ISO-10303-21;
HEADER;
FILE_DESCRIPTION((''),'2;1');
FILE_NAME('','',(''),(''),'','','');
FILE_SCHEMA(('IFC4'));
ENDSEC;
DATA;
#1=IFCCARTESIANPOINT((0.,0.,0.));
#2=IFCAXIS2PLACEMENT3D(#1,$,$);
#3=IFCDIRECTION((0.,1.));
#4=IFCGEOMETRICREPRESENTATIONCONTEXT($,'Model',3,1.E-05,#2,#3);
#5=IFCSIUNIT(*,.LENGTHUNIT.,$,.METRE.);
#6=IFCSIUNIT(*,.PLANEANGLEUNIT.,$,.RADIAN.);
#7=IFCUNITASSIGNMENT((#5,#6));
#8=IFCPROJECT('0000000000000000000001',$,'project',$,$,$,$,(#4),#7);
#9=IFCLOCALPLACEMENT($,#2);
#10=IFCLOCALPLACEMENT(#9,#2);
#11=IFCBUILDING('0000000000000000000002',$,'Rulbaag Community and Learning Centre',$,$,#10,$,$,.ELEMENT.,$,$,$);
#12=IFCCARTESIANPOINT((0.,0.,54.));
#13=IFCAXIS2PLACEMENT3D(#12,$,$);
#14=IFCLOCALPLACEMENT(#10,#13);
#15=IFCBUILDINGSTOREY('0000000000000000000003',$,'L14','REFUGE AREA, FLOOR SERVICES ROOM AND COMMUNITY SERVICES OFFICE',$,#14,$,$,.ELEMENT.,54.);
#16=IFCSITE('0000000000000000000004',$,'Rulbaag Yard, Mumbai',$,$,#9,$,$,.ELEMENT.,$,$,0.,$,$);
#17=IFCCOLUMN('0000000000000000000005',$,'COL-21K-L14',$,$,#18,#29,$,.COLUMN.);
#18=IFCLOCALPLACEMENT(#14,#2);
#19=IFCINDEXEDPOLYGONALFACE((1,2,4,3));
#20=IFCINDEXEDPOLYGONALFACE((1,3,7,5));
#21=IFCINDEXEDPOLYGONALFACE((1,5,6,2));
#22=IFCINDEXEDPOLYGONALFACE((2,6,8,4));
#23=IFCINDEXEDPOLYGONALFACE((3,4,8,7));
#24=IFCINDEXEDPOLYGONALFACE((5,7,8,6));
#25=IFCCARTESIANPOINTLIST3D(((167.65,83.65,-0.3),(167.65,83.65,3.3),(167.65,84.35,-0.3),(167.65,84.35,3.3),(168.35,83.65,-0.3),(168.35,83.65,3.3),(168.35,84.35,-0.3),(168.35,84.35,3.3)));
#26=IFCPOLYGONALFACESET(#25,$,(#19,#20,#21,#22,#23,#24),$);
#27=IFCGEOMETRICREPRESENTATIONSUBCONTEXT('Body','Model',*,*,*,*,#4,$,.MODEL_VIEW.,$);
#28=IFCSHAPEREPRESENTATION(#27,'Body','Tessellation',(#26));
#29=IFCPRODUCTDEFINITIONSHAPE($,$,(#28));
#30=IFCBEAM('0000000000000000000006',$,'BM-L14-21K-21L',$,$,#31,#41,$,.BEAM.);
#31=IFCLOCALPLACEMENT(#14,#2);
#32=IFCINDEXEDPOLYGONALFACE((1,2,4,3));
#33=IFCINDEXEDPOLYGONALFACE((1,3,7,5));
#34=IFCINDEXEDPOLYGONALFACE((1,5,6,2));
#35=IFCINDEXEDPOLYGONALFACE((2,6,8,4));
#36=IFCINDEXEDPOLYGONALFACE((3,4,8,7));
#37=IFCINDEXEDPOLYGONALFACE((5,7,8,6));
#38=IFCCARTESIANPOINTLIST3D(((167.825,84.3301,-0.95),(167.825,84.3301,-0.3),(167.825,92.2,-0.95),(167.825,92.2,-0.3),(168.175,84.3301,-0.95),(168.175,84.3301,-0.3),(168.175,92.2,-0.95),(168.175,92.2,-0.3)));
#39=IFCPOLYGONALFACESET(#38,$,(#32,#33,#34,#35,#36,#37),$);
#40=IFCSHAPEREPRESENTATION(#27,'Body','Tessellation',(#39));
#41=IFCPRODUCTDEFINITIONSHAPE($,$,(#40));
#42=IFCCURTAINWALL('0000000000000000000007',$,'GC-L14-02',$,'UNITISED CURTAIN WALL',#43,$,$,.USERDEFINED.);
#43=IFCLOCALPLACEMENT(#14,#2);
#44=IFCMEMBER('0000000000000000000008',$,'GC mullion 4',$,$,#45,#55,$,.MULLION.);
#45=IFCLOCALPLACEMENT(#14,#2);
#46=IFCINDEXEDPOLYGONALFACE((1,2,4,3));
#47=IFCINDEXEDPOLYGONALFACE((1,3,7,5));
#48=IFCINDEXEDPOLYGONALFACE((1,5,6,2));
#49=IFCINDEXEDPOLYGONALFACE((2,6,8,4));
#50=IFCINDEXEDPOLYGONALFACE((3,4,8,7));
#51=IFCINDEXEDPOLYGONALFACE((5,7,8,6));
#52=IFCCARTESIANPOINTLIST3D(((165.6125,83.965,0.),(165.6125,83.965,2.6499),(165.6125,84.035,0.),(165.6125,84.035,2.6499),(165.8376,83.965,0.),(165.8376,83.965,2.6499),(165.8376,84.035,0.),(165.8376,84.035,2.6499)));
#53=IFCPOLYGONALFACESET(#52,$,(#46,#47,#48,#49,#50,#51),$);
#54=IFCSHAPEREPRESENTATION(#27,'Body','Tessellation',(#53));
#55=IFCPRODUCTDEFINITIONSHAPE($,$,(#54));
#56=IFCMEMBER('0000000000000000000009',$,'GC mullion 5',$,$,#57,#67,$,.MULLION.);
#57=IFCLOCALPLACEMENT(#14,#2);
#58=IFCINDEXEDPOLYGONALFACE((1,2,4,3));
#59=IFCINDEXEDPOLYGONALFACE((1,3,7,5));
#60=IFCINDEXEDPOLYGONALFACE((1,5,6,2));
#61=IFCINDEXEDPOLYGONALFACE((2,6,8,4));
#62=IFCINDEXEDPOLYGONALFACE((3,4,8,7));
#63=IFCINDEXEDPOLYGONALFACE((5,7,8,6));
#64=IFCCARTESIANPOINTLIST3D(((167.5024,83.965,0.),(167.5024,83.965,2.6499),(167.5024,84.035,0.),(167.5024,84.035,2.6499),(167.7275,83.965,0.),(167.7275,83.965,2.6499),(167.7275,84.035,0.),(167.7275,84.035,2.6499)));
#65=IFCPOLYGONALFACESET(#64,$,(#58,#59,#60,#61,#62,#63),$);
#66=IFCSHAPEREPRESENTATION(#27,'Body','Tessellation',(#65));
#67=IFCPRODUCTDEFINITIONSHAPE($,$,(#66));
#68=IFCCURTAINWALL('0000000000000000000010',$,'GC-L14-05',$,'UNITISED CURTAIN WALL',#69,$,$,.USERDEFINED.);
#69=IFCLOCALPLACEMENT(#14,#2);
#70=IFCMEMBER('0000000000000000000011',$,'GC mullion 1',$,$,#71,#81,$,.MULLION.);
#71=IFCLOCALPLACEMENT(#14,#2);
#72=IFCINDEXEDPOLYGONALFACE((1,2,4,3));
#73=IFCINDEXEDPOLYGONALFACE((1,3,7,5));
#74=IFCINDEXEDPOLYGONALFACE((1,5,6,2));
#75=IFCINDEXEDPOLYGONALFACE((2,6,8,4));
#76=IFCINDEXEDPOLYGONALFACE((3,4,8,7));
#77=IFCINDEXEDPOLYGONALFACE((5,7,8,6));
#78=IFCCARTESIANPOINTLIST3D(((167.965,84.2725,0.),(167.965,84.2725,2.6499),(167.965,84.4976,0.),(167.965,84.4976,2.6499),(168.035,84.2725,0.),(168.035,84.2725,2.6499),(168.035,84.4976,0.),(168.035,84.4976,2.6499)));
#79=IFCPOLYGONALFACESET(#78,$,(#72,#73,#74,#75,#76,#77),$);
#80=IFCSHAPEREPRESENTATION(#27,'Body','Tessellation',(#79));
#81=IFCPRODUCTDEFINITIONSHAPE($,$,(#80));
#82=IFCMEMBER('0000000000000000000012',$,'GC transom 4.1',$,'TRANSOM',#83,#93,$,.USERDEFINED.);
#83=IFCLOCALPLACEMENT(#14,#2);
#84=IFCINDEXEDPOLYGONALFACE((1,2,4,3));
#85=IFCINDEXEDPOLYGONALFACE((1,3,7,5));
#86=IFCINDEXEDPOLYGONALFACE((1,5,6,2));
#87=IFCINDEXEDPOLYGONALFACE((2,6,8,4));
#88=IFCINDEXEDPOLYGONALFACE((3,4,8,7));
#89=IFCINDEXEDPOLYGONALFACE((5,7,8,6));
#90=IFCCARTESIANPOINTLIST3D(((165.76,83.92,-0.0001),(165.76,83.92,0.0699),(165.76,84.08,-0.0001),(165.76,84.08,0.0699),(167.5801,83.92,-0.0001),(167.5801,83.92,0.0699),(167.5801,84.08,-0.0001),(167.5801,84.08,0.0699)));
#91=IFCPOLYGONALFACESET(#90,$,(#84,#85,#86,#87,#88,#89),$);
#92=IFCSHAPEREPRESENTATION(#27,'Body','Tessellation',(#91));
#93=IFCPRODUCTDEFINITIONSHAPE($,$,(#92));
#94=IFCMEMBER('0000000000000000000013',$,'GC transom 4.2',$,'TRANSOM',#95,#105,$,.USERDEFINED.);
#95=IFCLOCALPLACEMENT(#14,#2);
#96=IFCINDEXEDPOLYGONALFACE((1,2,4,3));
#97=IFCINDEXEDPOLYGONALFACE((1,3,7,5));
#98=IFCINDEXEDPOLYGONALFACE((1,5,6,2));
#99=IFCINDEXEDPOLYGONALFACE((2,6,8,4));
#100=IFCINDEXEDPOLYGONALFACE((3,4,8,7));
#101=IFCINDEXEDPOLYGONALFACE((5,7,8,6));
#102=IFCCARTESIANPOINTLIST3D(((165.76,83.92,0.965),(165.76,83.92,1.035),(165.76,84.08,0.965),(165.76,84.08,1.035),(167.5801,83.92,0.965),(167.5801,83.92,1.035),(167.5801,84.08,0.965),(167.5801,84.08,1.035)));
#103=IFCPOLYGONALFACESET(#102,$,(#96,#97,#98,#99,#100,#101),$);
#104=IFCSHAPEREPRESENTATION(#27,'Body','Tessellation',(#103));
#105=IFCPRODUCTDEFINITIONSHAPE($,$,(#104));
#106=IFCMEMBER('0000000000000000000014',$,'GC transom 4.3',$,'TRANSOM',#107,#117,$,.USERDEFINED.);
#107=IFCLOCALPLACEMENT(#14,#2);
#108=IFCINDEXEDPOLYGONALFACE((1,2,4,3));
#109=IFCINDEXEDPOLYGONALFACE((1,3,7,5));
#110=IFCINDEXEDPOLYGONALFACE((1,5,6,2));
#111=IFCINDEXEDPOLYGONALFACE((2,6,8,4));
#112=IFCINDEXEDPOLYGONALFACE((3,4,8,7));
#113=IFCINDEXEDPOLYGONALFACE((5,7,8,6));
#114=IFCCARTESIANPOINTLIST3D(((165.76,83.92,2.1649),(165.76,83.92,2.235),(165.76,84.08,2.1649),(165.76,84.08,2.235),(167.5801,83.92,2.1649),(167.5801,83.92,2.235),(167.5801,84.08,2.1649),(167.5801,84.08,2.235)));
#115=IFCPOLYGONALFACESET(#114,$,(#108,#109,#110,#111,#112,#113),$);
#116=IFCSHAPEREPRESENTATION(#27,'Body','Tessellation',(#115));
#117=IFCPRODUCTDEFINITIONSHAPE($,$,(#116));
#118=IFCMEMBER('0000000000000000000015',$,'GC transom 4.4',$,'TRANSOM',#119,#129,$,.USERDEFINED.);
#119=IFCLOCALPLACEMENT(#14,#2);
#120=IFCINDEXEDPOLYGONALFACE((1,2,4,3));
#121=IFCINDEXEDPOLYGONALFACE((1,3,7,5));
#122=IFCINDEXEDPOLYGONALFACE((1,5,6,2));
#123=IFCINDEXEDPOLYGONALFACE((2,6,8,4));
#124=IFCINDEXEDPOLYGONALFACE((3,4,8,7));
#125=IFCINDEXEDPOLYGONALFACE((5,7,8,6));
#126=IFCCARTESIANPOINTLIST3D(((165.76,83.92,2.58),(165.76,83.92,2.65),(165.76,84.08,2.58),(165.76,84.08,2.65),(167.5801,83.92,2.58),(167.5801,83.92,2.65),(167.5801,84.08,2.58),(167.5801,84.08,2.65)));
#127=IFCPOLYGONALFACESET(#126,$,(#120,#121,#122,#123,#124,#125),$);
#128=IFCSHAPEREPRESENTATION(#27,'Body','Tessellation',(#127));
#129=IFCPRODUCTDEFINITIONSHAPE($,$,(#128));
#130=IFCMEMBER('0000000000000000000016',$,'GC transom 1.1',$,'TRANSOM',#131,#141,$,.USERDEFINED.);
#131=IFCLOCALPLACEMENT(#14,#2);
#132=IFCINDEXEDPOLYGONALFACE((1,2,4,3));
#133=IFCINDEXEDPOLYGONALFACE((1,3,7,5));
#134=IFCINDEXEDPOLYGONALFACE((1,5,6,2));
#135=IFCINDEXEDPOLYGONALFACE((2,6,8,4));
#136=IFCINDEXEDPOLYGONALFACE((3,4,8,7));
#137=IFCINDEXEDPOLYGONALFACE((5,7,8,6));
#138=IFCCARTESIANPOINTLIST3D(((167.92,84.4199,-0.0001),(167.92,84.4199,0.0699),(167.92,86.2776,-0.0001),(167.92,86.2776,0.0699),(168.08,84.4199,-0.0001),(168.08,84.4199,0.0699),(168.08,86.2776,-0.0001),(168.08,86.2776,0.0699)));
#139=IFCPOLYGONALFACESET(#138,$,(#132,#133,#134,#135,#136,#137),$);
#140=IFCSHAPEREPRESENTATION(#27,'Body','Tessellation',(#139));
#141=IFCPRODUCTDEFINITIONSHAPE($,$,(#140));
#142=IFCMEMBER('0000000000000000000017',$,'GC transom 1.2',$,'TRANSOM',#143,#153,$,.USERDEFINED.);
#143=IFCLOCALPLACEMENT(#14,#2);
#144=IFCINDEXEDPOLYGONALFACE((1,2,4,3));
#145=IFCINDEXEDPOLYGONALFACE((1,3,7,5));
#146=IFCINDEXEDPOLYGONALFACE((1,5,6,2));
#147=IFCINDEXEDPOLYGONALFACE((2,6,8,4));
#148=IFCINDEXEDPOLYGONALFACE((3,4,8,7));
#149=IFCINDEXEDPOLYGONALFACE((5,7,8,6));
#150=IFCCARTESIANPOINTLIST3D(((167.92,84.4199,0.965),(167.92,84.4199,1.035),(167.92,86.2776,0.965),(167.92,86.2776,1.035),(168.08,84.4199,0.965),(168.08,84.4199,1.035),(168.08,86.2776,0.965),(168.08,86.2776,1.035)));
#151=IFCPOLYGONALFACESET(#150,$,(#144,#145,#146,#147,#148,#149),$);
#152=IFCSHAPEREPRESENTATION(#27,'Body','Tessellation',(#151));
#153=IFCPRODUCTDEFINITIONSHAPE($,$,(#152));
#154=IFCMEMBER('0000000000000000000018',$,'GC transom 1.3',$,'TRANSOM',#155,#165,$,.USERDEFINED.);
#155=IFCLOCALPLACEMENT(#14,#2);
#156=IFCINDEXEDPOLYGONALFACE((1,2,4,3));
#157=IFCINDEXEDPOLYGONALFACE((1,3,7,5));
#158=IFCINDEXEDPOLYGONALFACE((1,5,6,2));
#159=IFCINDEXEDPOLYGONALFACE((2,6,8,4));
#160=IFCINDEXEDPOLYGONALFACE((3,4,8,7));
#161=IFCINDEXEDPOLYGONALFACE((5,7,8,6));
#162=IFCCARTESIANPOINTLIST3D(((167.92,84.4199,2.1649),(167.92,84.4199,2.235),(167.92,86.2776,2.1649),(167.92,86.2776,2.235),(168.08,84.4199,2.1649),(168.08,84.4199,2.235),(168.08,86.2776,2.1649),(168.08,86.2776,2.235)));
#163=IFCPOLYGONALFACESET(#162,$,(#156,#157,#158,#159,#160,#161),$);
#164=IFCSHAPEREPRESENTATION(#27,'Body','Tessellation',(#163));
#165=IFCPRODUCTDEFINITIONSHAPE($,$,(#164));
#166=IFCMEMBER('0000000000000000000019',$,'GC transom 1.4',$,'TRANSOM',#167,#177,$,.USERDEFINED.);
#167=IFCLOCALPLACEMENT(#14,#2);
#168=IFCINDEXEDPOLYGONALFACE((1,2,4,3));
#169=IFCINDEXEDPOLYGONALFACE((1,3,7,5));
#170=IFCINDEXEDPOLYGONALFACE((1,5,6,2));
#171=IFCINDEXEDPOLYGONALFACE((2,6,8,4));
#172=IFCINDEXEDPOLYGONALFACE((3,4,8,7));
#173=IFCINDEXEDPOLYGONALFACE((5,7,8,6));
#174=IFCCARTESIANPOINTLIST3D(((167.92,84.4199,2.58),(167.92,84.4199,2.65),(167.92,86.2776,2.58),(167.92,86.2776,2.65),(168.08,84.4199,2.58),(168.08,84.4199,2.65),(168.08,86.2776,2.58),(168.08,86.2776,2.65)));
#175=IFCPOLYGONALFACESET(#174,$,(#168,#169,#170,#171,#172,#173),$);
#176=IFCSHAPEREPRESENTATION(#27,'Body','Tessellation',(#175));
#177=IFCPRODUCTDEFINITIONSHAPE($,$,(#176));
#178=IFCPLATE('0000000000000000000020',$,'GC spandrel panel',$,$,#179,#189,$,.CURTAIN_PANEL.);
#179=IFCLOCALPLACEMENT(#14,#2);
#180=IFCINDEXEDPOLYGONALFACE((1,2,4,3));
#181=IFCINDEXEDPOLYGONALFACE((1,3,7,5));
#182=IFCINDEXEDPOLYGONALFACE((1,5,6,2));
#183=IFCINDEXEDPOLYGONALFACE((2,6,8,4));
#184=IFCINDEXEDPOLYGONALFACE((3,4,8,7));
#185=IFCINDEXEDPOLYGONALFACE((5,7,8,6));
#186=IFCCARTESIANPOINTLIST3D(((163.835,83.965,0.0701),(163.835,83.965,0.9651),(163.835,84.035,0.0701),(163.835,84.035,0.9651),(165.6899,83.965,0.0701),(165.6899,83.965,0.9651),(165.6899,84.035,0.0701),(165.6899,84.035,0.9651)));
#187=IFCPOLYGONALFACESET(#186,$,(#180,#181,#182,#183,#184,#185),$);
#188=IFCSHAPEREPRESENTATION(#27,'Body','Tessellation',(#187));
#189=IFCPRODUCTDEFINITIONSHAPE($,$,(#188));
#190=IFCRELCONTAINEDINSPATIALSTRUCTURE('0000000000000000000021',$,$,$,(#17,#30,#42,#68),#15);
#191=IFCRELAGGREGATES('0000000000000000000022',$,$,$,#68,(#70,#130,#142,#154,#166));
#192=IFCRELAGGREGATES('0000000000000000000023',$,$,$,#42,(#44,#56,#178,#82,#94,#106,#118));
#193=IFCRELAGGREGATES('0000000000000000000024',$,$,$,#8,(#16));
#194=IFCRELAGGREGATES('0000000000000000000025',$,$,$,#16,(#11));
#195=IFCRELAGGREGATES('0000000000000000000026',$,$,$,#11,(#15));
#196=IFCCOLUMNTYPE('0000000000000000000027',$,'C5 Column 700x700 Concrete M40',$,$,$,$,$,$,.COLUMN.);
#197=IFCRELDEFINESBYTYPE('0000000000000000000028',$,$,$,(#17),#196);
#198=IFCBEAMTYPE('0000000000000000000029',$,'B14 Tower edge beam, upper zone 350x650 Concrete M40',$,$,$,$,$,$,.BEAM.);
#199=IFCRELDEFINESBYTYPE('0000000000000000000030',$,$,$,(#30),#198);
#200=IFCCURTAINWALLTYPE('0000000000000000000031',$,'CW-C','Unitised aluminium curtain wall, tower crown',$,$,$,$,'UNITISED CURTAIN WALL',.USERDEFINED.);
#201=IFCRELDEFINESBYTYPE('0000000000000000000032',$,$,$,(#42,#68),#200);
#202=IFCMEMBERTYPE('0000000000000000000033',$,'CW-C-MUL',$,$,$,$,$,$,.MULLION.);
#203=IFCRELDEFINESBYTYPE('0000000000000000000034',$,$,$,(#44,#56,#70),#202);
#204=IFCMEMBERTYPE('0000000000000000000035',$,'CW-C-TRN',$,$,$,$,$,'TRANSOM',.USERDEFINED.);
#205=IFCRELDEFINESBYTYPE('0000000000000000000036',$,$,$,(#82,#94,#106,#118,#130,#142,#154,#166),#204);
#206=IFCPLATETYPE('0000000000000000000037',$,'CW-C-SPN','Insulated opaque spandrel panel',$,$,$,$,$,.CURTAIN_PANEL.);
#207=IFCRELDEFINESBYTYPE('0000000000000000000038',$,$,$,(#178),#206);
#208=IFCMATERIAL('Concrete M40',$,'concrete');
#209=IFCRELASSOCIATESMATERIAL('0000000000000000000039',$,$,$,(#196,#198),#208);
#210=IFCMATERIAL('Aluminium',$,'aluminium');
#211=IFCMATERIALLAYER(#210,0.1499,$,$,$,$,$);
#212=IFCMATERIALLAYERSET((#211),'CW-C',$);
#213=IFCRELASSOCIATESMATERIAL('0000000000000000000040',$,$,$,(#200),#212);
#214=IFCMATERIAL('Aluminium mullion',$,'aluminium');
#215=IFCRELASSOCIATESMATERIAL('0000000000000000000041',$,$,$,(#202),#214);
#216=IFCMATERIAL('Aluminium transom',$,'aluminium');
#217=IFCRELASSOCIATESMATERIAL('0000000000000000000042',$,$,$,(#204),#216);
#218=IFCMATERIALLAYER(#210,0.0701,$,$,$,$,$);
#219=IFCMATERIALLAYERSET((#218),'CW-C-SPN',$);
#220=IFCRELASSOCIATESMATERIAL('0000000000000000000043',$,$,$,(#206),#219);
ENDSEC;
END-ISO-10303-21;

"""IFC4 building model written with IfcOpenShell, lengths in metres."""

from ifc_helpers import new_model, si_unit, direction, frame, origin, origin_2d, place, context, subcontext, project, spatial, rectangle, extrude, material, layer, layer_set, material_profile, profile_set, type_object, element, aggregate, save


model = new_model("IFC4")

# Units and contexts
model_context = context("Model", 3, precision=1e-05, world=origin(), true_north=direction((0.0, 1.0)))
body_context = subcontext(model_context, "Body", "Model", "MODEL_VIEW")
ifc_project = project(units=[si_unit("LENGTHUNIT", "METRE"), si_unit("PLANEANGLEUNIT", "RADIAN")], contexts=[model_context])

# Site, building, storey
site_placement = place(None, origin())
site = spatial("IfcSite", under=ifc_project, at=site_placement, Name="Rulbaag Yard, Mumbai", CompositionType="ELEMENT", RefElevation=0.0)
building_placement = place(site_placement, origin())
building = spatial("IfcBuilding", under=site, at=building_placement, Name="Rulbaag Community and Learning Centre", CompositionType="ELEMENT")
storey_placement = place(building_placement, frame((0.0, 0.0, 54.0)))
storey = spatial("IfcBuildingStorey", under=building, at=storey_placement, Name="L14", Description="REFUGE AREA, FLOOR SERVICES ROOM AND COMMUNITY SERVICES OFFICE", CompositionType="ELEMENT", Elevation=54.0)

# Column
ifc_material_1 = material(Name="Concrete M40", Category="concrete")
ifc_material_profile_1 = material_profile(ifc_material_1, rectangle(XDim=0.7, YDim=0.7, at=origin_2d()), Name="RC700x700")
ifc_profile_set_1 = profile_set([ifc_material_profile_1], Name="Concrete M40")
column_type = type_object("IfcColumnType", Name="C5 Column 700x700 Concrete M40", PredefinedType="COLUMN", material=ifc_profile_set_1)
column_placement = place(storey_placement, frame((168.0, 84.0, -0.3), z_axis=(0.0, 0.0, 1.0), x_axis=(1.0, 0.0, 0.0)))
element("IfcColumn", 1, at=column_placement, inside=storey, type_object=column_type, Name="COL-21K-L14", PredefinedType="COLUMN", context=body_context, shape_type="SweptSolid", body=[
    extrude(rectangle(XDim=0.7, YDim=0.7, at=origin_2d()), origin(), (0.0, 0.0, 1.0), 3.6001),
])

# Beam
ifc_material_profile_2 = material_profile(ifc_material_1, rectangle(XDim=0.3501, YDim=0.6499, at=origin_2d()), Name="RB350x650")
ifc_profile_set_2 = profile_set([ifc_material_profile_2], Name="Concrete M40")
beam_type = type_object("IfcBeamType", Name="B14 Tower edge beam, upper zone 350x650 Concrete M40", PredefinedType="BEAM", material=ifc_profile_set_2)
beam_placement = place(storey_placement, frame((168.0, 84.3301, -0.625), z_axis=(0.0, 1.0, 0.0), x_axis=(-1.0, 0.0, 0.0)))
element("IfcBeam", 2, at=beam_placement, inside=storey, type_object=beam_type, Name="BM-L14-21K-21L", PredefinedType="BEAM", context=body_context, shape_type="SweptSolid", body=[
    extrude(rectangle(XDim=0.3501, YDim=0.6499, at=origin_2d()), origin(), (0.0, 0.0, 1.0), 7.8699),
])

# Curtain wall, members
ifc_material_2 = material(Name="Aluminium", Category="aluminium")
ifc_layer_1 = layer(ifc_material_2, 0.1499)
ifc_layer_set_1 = layer_set([ifc_layer_1], Name="CW-C")
curtain_wall_type = type_object("IfcCurtainWallType", Name="CW-C", Description="Unitised aluminium curtain wall, tower crown", ElementType="UNITISED CURTAIN WALL", PredefinedType="USERDEFINED", material=ifc_layer_set_1)
curtain_wall_1_placement = place(storey_placement, origin())
curtain_wall_1 = element("IfcCurtainWall", 3, at=curtain_wall_1_placement, inside=storey, type_object=curtain_wall_type, Name="GC-L14-02", ObjectType="UNITISED CURTAIN WALL", PredefinedType="USERDEFINED")
ifc_material_3 = material(Name="Aluminium mullion", Category="aluminium")
ifc_material_profile_3 = material_profile(ifc_material_3, rectangle(XDim=0.0701, YDim=0.2251, at=origin_2d()), Name="AL 70x225")
ifc_profile_set_3 = profile_set([ifc_material_profile_3], Name="Aluminium mullion")
member_type_1 = type_object("IfcMemberType", Name="CW-C-MUL", PredefinedType="MULLION", material=ifc_profile_set_3)
member_1_placement = place(storey_placement, frame((165.7251, 84.0, 0.0), z_axis=(0.0, 0.0, 1.0), x_axis=(0.0, 1.0, 0.0)))
member_1 = element("IfcMember", 4, at=member_1_placement, type_object=member_type_1, Name="GC mullion 4", PredefinedType="MULLION", context=body_context, shape_type="SweptSolid", body=[
    extrude(rectangle(XDim=0.0701, YDim=0.2251, at=origin_2d()), origin(), (0.0, 0.0, 1.0), 2.6499),
])
member_2_placement = place(storey_placement, frame((167.615, 84.0, 0.0), z_axis=(0.0, 0.0, 1.0), x_axis=(0.0, 1.0, 0.0)))
member_2 = element("IfcMember", 5, at=member_2_placement, type_object=member_type_1, Name="GC mullion 5", PredefinedType="MULLION", context=body_context, shape_type="SweptSolid", body=[
    extrude(rectangle(XDim=0.0701, YDim=0.2251, at=origin_2d()), origin(), (0.0, 0.0, 1.0), 2.6499),
])

# Curtain wall, member
curtain_wall_2_placement = place(storey_placement, origin())
curtain_wall_2 = element("IfcCurtainWall", 6, at=curtain_wall_2_placement, inside=storey, type_object=curtain_wall_type, Name="GC-L14-05", ObjectType="UNITISED CURTAIN WALL", PredefinedType="USERDEFINED")
member_3_placement = place(storey_placement, frame((168.0, 84.385, 0.0), z_axis=(0.0, 0.0, 1.0), x_axis=(-1.0, 0.0, 0.0)))
member_3 = element("IfcMember", 7, at=member_3_placement, type_object=member_type_1, Name="GC mullion 1", PredefinedType="MULLION", context=body_context, shape_type="SweptSolid", body=[
    extrude(rectangle(XDim=0.0701, YDim=0.2251, at=origin_2d()), origin(), (0.0, 0.0, 1.0), 2.6499),
])

# Members
ifc_material_4 = material(Name="Aluminium transom", Category="aluminium")
ifc_material_profile_4 = material_profile(ifc_material_4, rectangle(XDim=0.1599, YDim=0.0701, at=origin_2d()), Name="AL 70x160 T")
ifc_profile_set_4 = profile_set([ifc_material_profile_4], Name="Aluminium transom")
member_type_2 = type_object("IfcMemberType", Name="CW-C-TRN", ElementType="TRANSOM", PredefinedType="USERDEFINED", material=ifc_profile_set_4)
member_4_placement = place(storey_placement, frame((165.76, 84.0, 0.0349), z_axis=(1.0, 0.0, 0.0), x_axis=(0.0, 1.0, 0.0)))
member_4 = element("IfcMember", 8, at=member_4_placement, type_object=member_type_2, Name="GC transom 4.1", ObjectType="TRANSOM", PredefinedType="USERDEFINED", context=body_context, shape_type="SweptSolid", body=[
    extrude(rectangle(XDim=0.1599, YDim=0.0701, at=origin_2d()), origin(), (0.0, 0.0, 1.0), 1.8201),
])
member_5_placement = place(storey_placement, frame((165.76, 84.0, 1.0), z_axis=(1.0, 0.0, 0.0), x_axis=(0.0, 1.0, 0.0)))
member_5 = element("IfcMember", 9, at=member_5_placement, type_object=member_type_2, Name="GC transom 4.2", ObjectType="TRANSOM", PredefinedType="USERDEFINED", context=body_context, shape_type="SweptSolid", body=[
    extrude(rectangle(XDim=0.1599, YDim=0.0701, at=origin_2d()), origin(), (0.0, 0.0, 1.0), 1.8201),
])
member_6_placement = place(storey_placement, frame((165.76, 84.0, 2.2), z_axis=(1.0, 0.0, 0.0), x_axis=(0.0, 1.0, 0.0)))
member_6 = element("IfcMember", 10, at=member_6_placement, type_object=member_type_2, Name="GC transom 4.3", ObjectType="TRANSOM", PredefinedType="USERDEFINED", context=body_context, shape_type="SweptSolid", body=[
    extrude(rectangle(XDim=0.1599, YDim=0.0701, at=origin_2d()), origin(), (0.0, 0.0, 1.0), 1.8201),
])
member_7_placement = place(storey_placement, frame((165.76, 84.0, 2.615), z_axis=(1.0, 0.0, 0.0), x_axis=(0.0, 1.0, 0.0)))
member_7 = element("IfcMember", 11, at=member_7_placement, type_object=member_type_2, Name="GC transom 4.4", ObjectType="TRANSOM", PredefinedType="USERDEFINED", context=body_context, shape_type="SweptSolid", body=[
    extrude(rectangle(XDim=0.1599, YDim=0.0701, at=origin_2d()), origin(), (0.0, 0.0, 1.0), 1.8201),
])
member_8_placement = place(storey_placement, frame((168.0, 84.4199, 0.0349), z_axis=(0.0, 1.0, 0.0), x_axis=(-1.0, 0.0, 0.0)))
member_8 = element("IfcMember", 12, at=member_8_placement, type_object=member_type_2, Name="GC transom 1.1", ObjectType="TRANSOM", PredefinedType="USERDEFINED", context=body_context, shape_type="SweptSolid", body=[
    extrude(rectangle(XDim=0.1599, YDim=0.0701, at=origin_2d()), origin(), (0.0, 0.0, 1.0), 1.8577),
])
member_9_placement = place(storey_placement, frame((168.0, 84.4199, 1.0), z_axis=(0.0, 1.0, 0.0), x_axis=(-1.0, 0.0, 0.0)))
member_9 = element("IfcMember", 13, at=member_9_placement, type_object=member_type_2, Name="GC transom 1.2", ObjectType="TRANSOM", PredefinedType="USERDEFINED", context=body_context, shape_type="SweptSolid", body=[
    extrude(rectangle(XDim=0.1599, YDim=0.0701, at=origin_2d()), origin(), (0.0, 0.0, 1.0), 1.8577),
])
member_10_placement = place(storey_placement, frame((168.0, 84.4199, 2.2), z_axis=(0.0, 1.0, 0.0), x_axis=(-1.0, 0.0, 0.0)))
member_10 = element("IfcMember", 14, at=member_10_placement, type_object=member_type_2, Name="GC transom 1.3", ObjectType="TRANSOM", PredefinedType="USERDEFINED", context=body_context, shape_type="SweptSolid", body=[
    extrude(rectangle(XDim=0.1599, YDim=0.0701, at=origin_2d()), origin(), (0.0, 0.0, 1.0), 1.8577),
])
member_11_placement = place(storey_placement, frame((168.0, 84.4199, 2.615), z_axis=(0.0, 1.0, 0.0), x_axis=(-1.0, 0.0, 0.0)))
member_11 = element("IfcMember", 15, at=member_11_placement, type_object=member_type_2, Name="GC transom 1.4", ObjectType="TRANSOM", PredefinedType="USERDEFINED", context=body_context, shape_type="SweptSolid", body=[
    extrude(rectangle(XDim=0.1599, YDim=0.0701, at=origin_2d()), origin(), (0.0, 0.0, 1.0), 1.8577),
])
aggregate(curtain_wall_2, [member_3, member_8, member_9, member_10, member_11])

# Plate
ifc_layer_2 = layer(ifc_material_2, 0.0701)
ifc_layer_set_2 = layer_set([ifc_layer_2], Name="CW-C-SPN")
plate_type_1 = type_object("IfcPlateType", Name="CW-C-SPN", Description="Insulated opaque spandrel panel", PredefinedType="CURTAIN_PANEL", material=ifc_layer_set_2)
plate_1_placement = place(storey_placement, frame((164.7625, 84.0, 0.0701), z_axis=(0.0, 0.0, 1.0), x_axis=(1.0, 0.0, 0.0)))
plate_1 = element("IfcPlate", 16, at=plate_1_placement, type_object=plate_type_1, Name="GC spandrel panel", PredefinedType="CURTAIN_PANEL", context=body_context, shape_type="SweptSolid", body=[
    extrude(rectangle(XDim=1.855, YDim=0.0701, at=origin_2d()), origin(), (0.0, 0.0, 1.0), 0.895),
])
aggregate(curtain_wall_1, [member_1, member_2, plate_1, member_4, member_5, member_6, member_7])

save(model, "model.ifc")
